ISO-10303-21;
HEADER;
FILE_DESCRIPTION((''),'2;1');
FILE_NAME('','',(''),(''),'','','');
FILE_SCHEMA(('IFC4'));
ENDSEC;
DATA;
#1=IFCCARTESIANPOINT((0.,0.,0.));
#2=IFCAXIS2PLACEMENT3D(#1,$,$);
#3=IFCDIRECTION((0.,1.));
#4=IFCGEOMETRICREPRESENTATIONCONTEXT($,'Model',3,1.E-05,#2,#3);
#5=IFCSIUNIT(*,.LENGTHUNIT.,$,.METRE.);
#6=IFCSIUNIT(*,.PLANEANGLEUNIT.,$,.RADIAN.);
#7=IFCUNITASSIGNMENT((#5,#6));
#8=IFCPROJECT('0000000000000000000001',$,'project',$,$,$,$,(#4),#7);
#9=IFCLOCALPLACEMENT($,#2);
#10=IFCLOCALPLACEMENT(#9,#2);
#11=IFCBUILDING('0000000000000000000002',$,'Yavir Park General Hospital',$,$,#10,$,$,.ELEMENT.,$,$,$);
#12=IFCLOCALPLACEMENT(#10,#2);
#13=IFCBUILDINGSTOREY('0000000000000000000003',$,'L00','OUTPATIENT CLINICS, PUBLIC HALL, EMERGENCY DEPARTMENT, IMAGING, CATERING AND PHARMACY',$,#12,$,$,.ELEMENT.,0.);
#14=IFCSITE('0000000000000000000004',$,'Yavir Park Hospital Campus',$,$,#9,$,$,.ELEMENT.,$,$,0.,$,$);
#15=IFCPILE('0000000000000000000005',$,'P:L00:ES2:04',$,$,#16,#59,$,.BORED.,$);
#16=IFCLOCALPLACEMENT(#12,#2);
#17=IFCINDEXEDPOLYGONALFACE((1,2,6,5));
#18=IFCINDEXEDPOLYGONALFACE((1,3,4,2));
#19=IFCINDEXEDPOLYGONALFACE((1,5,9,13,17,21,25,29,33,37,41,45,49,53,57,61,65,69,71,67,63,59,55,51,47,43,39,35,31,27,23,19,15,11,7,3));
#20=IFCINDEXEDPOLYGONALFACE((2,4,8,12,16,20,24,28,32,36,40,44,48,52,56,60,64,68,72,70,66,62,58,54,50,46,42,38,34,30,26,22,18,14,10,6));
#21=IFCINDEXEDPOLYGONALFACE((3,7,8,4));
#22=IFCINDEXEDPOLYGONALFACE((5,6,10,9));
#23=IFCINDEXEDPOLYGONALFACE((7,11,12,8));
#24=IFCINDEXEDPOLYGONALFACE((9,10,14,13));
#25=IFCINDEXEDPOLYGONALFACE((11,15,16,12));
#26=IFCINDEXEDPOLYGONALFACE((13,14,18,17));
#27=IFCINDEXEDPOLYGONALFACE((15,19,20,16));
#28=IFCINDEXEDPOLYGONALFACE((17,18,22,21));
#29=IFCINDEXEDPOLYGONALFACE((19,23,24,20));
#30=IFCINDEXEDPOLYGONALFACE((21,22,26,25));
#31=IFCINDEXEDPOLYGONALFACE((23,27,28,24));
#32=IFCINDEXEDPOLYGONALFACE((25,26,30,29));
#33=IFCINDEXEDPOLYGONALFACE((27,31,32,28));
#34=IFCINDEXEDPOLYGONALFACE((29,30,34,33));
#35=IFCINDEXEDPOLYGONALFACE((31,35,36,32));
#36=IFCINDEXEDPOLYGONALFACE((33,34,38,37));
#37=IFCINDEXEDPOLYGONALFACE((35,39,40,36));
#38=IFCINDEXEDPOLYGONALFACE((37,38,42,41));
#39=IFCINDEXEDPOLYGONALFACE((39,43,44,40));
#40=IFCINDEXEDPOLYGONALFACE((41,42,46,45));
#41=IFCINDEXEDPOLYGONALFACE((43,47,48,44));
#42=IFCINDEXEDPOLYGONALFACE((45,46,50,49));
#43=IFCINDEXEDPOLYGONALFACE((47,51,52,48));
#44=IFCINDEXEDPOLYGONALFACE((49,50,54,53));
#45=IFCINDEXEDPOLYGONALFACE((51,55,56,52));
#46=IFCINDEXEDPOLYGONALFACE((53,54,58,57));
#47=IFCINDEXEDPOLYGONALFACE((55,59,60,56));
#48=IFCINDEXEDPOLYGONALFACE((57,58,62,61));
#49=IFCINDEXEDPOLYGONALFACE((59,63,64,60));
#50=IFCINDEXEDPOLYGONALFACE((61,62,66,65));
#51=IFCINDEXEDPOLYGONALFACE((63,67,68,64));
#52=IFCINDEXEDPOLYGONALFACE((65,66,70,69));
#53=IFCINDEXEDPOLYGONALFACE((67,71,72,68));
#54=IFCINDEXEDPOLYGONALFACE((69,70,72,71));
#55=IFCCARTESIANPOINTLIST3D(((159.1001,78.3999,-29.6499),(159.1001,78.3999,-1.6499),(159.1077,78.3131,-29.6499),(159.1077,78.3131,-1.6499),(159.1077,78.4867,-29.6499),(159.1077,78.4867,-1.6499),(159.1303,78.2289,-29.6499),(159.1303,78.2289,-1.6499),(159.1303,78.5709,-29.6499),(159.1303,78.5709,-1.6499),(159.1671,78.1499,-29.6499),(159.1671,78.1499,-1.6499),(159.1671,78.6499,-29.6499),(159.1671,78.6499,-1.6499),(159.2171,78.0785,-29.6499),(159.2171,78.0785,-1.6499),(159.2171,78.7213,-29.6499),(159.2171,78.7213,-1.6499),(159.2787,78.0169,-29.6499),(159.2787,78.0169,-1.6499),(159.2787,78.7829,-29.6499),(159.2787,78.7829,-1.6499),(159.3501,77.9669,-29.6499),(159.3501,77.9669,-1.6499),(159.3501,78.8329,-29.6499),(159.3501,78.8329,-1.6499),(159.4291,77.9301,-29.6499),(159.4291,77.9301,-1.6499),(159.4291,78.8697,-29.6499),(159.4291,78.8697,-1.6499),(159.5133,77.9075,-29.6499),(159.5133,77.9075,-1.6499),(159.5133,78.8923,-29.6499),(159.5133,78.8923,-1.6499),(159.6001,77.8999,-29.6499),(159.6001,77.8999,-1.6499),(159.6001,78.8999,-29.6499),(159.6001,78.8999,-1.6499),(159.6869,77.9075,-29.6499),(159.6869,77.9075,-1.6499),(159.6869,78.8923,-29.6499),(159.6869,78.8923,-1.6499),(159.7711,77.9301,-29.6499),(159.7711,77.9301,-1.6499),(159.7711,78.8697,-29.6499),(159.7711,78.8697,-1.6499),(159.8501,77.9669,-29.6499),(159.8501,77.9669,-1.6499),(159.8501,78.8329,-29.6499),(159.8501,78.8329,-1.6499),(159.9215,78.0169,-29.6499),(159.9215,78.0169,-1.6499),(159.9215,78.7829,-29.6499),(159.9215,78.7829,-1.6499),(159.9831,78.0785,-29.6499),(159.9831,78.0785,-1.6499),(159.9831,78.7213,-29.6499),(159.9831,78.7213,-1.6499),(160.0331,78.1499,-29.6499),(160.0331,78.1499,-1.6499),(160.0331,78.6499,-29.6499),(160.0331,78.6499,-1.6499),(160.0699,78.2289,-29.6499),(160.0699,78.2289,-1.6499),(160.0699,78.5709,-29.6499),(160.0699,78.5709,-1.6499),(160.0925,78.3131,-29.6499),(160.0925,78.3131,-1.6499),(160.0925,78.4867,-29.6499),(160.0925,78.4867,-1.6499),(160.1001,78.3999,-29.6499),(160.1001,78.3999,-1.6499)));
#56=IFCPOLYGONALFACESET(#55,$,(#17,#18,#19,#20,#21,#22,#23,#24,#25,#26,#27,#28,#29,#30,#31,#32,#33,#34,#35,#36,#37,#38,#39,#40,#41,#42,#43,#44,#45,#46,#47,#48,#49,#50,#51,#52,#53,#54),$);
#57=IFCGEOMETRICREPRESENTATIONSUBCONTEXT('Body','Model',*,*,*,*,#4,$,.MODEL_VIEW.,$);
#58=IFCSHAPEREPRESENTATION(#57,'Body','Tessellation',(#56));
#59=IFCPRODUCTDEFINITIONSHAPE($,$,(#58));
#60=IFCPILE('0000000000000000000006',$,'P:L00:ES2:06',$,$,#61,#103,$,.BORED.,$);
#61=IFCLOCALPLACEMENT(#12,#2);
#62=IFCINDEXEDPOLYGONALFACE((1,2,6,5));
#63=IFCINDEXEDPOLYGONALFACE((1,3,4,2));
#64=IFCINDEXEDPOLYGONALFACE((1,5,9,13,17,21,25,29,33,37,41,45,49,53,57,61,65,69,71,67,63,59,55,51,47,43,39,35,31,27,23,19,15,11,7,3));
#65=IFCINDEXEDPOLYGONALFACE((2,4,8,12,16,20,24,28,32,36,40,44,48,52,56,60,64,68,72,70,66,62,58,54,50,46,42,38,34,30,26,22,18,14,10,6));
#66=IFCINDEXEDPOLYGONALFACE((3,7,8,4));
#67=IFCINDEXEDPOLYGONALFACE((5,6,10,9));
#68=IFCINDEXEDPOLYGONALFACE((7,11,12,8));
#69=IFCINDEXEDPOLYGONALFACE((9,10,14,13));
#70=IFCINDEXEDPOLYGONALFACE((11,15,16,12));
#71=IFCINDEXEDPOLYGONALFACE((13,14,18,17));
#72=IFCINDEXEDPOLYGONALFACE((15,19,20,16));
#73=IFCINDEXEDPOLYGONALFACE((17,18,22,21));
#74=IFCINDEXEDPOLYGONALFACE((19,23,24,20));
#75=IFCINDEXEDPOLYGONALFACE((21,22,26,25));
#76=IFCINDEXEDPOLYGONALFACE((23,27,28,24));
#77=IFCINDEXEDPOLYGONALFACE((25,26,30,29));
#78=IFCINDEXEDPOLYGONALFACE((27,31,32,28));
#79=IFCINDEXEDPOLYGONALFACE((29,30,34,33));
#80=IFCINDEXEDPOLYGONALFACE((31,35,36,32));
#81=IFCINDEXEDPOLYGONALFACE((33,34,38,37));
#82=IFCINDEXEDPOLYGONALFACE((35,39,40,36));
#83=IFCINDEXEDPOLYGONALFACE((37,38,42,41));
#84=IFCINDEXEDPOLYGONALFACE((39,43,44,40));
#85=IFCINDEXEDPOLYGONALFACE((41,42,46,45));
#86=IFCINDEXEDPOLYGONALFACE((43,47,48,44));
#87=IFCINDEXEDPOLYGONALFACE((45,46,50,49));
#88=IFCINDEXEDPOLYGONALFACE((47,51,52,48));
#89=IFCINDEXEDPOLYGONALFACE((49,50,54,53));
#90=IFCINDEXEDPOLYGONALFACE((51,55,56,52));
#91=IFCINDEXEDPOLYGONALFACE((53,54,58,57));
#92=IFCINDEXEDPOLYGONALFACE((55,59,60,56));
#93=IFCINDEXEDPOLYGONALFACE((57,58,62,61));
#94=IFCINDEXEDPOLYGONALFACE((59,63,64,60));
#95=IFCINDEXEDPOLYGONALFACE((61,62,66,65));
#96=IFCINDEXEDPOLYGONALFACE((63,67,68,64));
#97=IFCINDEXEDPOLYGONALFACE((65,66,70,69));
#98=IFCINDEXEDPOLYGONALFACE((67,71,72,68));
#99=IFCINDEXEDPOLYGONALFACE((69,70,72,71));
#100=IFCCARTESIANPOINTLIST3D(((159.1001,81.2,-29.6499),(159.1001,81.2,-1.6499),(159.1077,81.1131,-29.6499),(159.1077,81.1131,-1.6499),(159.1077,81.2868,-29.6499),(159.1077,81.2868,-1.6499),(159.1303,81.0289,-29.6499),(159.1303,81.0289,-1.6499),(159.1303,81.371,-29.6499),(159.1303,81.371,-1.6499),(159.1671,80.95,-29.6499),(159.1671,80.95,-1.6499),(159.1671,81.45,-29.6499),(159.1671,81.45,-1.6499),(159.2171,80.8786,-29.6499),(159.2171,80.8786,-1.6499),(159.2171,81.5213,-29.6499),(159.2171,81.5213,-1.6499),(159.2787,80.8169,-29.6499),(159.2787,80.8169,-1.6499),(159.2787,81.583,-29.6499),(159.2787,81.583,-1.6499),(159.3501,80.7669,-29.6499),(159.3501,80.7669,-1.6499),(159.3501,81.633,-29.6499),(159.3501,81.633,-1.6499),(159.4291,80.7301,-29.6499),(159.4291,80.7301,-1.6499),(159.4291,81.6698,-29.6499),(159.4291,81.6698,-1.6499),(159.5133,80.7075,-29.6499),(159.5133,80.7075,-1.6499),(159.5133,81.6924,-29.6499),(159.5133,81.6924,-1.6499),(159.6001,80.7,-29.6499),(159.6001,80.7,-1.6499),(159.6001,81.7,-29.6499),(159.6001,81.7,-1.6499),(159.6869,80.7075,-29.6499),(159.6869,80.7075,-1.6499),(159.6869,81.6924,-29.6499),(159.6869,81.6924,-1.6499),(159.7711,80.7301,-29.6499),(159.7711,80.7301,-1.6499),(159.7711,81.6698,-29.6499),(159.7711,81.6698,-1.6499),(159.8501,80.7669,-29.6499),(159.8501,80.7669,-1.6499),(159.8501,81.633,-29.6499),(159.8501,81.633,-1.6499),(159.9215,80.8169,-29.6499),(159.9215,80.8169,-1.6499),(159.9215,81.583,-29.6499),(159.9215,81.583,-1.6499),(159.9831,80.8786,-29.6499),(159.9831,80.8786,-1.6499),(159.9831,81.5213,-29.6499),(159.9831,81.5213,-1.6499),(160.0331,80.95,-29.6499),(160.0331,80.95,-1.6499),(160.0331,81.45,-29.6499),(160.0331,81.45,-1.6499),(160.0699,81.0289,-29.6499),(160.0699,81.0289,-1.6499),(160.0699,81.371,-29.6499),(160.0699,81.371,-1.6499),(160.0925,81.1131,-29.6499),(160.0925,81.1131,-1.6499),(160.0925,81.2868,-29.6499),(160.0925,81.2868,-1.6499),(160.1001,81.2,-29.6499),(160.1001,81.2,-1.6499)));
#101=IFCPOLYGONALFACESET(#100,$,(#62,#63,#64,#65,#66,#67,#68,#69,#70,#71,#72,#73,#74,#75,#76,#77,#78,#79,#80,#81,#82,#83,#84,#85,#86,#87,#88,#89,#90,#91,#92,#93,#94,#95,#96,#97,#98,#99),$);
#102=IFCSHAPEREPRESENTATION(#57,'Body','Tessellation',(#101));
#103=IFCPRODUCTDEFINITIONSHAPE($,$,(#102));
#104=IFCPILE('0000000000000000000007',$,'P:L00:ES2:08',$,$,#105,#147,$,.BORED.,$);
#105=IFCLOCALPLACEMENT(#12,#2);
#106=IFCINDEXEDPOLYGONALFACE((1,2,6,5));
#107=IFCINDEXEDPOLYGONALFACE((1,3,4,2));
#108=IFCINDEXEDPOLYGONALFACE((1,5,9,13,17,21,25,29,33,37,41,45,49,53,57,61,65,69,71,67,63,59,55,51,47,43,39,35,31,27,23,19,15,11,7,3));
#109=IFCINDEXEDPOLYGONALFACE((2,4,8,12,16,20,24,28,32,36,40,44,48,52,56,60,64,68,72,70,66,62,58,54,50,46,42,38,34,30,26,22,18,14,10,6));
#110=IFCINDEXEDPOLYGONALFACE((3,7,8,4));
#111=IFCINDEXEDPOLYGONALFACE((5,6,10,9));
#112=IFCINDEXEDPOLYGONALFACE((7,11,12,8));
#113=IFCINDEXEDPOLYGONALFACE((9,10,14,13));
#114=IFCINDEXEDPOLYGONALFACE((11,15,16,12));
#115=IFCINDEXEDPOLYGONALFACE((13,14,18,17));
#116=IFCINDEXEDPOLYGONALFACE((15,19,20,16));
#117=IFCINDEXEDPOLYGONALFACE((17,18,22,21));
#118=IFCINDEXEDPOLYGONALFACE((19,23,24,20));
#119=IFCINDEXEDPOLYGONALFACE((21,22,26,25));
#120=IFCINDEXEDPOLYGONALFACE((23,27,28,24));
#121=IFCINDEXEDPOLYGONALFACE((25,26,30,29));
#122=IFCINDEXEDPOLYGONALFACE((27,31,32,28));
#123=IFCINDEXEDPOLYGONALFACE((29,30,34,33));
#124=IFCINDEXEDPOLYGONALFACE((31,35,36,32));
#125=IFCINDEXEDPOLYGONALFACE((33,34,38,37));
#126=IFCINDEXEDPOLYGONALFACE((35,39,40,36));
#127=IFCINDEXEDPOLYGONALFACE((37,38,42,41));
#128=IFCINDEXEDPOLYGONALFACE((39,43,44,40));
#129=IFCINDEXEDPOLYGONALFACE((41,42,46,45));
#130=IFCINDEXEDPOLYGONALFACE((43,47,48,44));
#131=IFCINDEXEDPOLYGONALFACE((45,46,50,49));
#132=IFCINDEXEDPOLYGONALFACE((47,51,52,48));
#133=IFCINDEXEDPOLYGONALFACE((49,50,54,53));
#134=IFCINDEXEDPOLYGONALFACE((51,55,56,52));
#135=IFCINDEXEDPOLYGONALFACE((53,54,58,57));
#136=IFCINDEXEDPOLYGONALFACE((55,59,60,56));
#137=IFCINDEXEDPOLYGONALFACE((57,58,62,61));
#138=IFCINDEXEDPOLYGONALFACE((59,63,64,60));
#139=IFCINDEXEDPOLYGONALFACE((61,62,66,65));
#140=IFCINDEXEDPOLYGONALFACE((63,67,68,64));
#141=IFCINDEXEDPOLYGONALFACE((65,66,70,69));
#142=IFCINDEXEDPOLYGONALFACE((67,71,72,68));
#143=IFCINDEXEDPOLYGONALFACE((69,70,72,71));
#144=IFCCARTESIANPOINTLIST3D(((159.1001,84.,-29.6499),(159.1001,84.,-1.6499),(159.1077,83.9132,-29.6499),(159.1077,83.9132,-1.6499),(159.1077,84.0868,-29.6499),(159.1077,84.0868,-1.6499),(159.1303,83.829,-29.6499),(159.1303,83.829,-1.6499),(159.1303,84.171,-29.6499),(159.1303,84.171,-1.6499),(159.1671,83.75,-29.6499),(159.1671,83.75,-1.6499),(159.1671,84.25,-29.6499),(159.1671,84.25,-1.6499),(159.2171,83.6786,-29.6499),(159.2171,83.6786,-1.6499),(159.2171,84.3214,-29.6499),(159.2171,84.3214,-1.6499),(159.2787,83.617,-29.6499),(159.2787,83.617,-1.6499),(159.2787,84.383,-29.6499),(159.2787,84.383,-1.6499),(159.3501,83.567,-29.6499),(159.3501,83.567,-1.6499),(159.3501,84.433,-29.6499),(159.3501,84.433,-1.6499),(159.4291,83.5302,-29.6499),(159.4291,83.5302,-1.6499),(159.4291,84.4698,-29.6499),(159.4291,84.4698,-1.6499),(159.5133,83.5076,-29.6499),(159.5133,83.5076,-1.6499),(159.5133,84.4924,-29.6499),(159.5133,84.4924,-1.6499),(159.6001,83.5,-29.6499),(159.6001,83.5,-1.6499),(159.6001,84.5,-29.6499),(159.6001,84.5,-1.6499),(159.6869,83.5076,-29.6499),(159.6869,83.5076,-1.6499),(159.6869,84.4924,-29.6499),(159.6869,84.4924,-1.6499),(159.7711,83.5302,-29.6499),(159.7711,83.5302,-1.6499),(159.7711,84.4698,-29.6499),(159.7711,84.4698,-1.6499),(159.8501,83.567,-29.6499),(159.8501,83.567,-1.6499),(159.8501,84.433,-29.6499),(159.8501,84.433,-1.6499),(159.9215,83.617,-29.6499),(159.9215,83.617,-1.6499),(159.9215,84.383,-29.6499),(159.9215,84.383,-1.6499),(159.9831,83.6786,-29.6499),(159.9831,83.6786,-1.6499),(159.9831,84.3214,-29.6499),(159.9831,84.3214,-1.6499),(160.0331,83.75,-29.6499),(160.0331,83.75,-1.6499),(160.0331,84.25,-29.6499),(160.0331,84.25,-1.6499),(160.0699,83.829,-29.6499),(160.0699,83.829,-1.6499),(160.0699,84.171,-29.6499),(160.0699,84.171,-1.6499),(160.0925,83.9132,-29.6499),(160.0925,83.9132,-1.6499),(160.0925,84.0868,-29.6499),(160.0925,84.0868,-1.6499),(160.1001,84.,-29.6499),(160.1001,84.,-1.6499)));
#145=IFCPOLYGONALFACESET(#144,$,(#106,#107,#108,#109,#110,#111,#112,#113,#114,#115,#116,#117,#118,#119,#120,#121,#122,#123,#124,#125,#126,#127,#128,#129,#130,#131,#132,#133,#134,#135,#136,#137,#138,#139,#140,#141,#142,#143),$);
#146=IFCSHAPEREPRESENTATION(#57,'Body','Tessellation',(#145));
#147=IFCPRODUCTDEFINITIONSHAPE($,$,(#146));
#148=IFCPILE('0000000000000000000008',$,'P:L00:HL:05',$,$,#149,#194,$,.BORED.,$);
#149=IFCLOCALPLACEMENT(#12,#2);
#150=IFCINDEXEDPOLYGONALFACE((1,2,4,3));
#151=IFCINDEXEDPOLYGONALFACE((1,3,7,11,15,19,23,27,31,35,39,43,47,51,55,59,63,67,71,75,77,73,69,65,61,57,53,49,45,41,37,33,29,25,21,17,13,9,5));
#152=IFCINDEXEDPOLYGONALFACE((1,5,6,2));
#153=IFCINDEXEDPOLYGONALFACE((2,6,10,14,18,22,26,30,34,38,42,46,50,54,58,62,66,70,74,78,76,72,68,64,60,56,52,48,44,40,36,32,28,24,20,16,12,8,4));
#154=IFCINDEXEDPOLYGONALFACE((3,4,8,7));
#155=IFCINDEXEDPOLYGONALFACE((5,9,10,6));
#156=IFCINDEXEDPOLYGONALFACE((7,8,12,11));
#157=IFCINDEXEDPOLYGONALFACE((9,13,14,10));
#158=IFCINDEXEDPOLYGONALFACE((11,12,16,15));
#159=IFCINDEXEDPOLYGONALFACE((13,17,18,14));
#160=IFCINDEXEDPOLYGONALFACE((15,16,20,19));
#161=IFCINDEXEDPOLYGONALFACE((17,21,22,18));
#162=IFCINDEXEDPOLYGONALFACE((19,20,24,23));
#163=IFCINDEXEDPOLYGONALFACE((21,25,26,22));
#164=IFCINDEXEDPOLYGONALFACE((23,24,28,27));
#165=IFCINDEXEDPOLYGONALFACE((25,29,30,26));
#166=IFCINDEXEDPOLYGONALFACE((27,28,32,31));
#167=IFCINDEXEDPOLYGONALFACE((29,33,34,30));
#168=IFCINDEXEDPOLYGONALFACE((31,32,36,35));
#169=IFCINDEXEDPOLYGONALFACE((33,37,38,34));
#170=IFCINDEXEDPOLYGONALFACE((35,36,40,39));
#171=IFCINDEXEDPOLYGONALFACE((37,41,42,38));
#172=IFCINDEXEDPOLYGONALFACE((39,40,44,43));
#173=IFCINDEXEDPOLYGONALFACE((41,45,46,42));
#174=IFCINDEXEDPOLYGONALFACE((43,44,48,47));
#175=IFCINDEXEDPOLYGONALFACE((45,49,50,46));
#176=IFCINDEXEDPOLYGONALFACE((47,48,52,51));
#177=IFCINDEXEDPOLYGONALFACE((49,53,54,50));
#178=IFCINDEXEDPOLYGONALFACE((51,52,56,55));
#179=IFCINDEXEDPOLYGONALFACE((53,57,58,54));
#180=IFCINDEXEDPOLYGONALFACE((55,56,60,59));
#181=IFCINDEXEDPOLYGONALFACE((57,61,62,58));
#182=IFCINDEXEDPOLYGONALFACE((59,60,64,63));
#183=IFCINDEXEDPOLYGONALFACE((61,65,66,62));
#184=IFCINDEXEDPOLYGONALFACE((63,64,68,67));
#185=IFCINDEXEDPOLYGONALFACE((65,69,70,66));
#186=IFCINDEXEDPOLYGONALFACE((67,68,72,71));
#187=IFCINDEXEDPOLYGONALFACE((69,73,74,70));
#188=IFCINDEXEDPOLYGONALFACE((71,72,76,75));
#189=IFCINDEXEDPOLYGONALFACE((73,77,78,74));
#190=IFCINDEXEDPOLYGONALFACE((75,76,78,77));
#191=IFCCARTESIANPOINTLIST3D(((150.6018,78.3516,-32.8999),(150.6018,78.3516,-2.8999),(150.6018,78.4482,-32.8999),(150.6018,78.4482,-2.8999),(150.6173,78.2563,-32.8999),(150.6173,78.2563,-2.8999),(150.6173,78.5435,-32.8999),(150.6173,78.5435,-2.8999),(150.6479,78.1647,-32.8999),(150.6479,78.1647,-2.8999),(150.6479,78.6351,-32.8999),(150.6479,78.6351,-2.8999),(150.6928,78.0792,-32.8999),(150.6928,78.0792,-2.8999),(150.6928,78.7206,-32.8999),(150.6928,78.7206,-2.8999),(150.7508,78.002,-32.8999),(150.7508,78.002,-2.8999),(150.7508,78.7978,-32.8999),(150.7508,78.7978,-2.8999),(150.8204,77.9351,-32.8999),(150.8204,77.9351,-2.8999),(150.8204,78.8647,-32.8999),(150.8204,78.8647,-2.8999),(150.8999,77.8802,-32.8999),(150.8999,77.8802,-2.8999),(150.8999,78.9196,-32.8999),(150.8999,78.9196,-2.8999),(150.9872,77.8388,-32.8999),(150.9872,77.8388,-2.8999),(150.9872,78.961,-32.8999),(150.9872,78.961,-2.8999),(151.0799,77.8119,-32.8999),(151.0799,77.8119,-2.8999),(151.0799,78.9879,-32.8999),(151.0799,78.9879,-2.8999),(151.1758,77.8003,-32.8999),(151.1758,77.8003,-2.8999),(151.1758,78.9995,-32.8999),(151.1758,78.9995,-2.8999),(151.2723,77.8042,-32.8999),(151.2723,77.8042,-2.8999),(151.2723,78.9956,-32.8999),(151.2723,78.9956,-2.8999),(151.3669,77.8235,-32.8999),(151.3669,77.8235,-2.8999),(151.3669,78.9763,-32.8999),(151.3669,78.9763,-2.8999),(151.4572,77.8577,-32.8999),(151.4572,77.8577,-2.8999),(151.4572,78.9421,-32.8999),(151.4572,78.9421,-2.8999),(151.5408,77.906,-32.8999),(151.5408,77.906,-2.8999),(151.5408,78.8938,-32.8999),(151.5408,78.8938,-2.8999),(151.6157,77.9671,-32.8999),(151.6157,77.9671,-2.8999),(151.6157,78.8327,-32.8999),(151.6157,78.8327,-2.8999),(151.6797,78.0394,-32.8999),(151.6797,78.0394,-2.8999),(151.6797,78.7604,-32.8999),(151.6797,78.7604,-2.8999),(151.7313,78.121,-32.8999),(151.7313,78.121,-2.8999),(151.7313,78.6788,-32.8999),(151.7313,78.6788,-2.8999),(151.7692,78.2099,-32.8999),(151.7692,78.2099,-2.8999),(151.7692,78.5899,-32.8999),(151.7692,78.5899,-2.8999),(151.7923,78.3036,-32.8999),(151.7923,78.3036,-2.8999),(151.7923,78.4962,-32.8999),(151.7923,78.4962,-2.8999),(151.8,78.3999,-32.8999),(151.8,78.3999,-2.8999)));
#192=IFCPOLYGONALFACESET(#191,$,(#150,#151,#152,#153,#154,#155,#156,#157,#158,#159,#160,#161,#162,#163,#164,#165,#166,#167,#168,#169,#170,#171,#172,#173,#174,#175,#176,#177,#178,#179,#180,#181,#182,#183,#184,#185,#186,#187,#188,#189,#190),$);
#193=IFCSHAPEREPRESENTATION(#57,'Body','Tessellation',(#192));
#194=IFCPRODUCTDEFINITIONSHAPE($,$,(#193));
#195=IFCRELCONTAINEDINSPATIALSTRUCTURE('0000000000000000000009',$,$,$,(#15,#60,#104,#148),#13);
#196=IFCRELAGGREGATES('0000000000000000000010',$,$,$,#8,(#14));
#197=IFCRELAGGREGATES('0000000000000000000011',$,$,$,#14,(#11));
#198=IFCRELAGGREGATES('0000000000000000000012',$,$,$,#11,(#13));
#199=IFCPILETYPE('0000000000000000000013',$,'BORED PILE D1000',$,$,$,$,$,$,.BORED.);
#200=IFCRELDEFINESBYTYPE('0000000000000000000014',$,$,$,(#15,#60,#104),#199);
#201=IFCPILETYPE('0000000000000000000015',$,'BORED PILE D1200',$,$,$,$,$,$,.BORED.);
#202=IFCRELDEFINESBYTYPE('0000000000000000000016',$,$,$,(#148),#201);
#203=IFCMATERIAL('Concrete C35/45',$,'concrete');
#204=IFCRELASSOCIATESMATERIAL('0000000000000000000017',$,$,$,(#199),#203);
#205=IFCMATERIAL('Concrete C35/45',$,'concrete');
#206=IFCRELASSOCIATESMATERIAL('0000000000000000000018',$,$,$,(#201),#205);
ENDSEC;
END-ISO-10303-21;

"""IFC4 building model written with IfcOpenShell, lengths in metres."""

from ifc_helpers import new_model, si_unit, direction, frame, origin, origin_2d, place, context, subcontext, project, spatial, circle, extrude, material, material_profile, profile_set, type_object, element, save


model = new_model("IFC4")

# Units and contexts
model_context = context("Model", 3, precision=1e-05, world=origin(), true_north=direction((0.0, 1.0)))
body_context = subcontext(model_context, "Body", "Model", "MODEL_VIEW")
ifc_project = project(units=[si_unit("LENGTHUNIT", "METRE"), si_unit("PLANEANGLEUNIT", "RADIAN")], contexts=[model_context])

# Site, building, storey
site_placement = place(None, origin())
site = spatial("IfcSite", under=ifc_project, at=site_placement, Name="Yavir Park Hospital Campus", CompositionType="ELEMENT", RefElevation=0.0)
building_placement = place(site_placement, origin())
building = spatial("IfcBuilding", under=site, at=building_placement, Name="Yavir Park General Hospital", CompositionType="ELEMENT")
storey_placement = place(building_placement, origin())
storey = spatial("IfcBuildingStorey", under=building, at=storey_placement, Name="L00", Description="OUTPATIENT CLINICS, PUBLIC HALL, EMERGENCY DEPARTMENT, IMAGING, CATERING AND PHARMACY", CompositionType="ELEMENT", Elevation=0.0)

# Piles
ifc_material_1 = material(Name="Concrete C35/45", Category="concrete")
ifc_material_profile_1 = material_profile(ifc_material_1, circle(Radius=0.5, at=origin_2d()), Name="D1000")
ifc_profile_set_1 = profile_set([ifc_material_profile_1], Name="Concrete C35/45")
pile_type_1 = type_object("IfcPileType", Name="BORED PILE D1000", PredefinedType="BORED", material=ifc_profile_set_1)
for number, where, z_axis, x_axis, name in (
    (1, (159.6001, 78.3999, -1.6499), (0.0, 0.0, -1.0), (1.0, 0.0, 0.0), "P:L00:ES2:04"),
    (2, (159.6001, 81.2, -1.6499), (0.0, 0.0, -1.0), (1.0, 0.0, 0.0), "P:L00:ES2:06"),
    (3, (159.6001, 84.0, -1.6499), (0.0, 0.0, -1.0), (1.0, 0.0, 0.0), "P:L00:ES2:08"),
):
    element("IfcPile", number, at=place(storey_placement, frame(where, z_axis=z_axis, x_axis=x_axis)), inside=storey, type_object=pile_type_1, Name=name, PredefinedType="BORED", context=body_context, shape_type="SweptSolid", body=[
        extrude(circle(Radius=0.5, at=origin_2d()), origin(), (0.0, 0.0, 1.0), 28.0),
    ])
ifc_material_2 = material(Name="Concrete C35/45", Category="concrete")
ifc_material_profile_2 = material_profile(ifc_material_2, circle(Radius=0.6001, at=origin_2d()), Name="D1200")
ifc_profile_set_2 = profile_set([ifc_material_profile_2], Name="Concrete C35/45")
pile_type_2 = type_object("IfcPileType", Name="BORED PILE D1200", PredefinedType="BORED", material=ifc_profile_set_2)
for number, where, z_axis, x_axis, name in (
    (4, (151.2, 78.3999, -2.8999), (0.0, 0.0, -1.0), (1.0, 0.0, 0.0), "P:L00:HL:05"),
):
    element("IfcPile", number, at=place(storey_placement, frame(where, z_axis=z_axis, x_axis=x_axis)), inside=storey, type_object=pile_type_2, Name=name, PredefinedType="BORED", context=body_context, shape_type="SweptSolid", body=[
        extrude(circle(Radius=0.6001, at=origin_2d()), origin(), (0.0, 0.0, 1.0), 30.0),
    ])

save(model, "model.ifc")
